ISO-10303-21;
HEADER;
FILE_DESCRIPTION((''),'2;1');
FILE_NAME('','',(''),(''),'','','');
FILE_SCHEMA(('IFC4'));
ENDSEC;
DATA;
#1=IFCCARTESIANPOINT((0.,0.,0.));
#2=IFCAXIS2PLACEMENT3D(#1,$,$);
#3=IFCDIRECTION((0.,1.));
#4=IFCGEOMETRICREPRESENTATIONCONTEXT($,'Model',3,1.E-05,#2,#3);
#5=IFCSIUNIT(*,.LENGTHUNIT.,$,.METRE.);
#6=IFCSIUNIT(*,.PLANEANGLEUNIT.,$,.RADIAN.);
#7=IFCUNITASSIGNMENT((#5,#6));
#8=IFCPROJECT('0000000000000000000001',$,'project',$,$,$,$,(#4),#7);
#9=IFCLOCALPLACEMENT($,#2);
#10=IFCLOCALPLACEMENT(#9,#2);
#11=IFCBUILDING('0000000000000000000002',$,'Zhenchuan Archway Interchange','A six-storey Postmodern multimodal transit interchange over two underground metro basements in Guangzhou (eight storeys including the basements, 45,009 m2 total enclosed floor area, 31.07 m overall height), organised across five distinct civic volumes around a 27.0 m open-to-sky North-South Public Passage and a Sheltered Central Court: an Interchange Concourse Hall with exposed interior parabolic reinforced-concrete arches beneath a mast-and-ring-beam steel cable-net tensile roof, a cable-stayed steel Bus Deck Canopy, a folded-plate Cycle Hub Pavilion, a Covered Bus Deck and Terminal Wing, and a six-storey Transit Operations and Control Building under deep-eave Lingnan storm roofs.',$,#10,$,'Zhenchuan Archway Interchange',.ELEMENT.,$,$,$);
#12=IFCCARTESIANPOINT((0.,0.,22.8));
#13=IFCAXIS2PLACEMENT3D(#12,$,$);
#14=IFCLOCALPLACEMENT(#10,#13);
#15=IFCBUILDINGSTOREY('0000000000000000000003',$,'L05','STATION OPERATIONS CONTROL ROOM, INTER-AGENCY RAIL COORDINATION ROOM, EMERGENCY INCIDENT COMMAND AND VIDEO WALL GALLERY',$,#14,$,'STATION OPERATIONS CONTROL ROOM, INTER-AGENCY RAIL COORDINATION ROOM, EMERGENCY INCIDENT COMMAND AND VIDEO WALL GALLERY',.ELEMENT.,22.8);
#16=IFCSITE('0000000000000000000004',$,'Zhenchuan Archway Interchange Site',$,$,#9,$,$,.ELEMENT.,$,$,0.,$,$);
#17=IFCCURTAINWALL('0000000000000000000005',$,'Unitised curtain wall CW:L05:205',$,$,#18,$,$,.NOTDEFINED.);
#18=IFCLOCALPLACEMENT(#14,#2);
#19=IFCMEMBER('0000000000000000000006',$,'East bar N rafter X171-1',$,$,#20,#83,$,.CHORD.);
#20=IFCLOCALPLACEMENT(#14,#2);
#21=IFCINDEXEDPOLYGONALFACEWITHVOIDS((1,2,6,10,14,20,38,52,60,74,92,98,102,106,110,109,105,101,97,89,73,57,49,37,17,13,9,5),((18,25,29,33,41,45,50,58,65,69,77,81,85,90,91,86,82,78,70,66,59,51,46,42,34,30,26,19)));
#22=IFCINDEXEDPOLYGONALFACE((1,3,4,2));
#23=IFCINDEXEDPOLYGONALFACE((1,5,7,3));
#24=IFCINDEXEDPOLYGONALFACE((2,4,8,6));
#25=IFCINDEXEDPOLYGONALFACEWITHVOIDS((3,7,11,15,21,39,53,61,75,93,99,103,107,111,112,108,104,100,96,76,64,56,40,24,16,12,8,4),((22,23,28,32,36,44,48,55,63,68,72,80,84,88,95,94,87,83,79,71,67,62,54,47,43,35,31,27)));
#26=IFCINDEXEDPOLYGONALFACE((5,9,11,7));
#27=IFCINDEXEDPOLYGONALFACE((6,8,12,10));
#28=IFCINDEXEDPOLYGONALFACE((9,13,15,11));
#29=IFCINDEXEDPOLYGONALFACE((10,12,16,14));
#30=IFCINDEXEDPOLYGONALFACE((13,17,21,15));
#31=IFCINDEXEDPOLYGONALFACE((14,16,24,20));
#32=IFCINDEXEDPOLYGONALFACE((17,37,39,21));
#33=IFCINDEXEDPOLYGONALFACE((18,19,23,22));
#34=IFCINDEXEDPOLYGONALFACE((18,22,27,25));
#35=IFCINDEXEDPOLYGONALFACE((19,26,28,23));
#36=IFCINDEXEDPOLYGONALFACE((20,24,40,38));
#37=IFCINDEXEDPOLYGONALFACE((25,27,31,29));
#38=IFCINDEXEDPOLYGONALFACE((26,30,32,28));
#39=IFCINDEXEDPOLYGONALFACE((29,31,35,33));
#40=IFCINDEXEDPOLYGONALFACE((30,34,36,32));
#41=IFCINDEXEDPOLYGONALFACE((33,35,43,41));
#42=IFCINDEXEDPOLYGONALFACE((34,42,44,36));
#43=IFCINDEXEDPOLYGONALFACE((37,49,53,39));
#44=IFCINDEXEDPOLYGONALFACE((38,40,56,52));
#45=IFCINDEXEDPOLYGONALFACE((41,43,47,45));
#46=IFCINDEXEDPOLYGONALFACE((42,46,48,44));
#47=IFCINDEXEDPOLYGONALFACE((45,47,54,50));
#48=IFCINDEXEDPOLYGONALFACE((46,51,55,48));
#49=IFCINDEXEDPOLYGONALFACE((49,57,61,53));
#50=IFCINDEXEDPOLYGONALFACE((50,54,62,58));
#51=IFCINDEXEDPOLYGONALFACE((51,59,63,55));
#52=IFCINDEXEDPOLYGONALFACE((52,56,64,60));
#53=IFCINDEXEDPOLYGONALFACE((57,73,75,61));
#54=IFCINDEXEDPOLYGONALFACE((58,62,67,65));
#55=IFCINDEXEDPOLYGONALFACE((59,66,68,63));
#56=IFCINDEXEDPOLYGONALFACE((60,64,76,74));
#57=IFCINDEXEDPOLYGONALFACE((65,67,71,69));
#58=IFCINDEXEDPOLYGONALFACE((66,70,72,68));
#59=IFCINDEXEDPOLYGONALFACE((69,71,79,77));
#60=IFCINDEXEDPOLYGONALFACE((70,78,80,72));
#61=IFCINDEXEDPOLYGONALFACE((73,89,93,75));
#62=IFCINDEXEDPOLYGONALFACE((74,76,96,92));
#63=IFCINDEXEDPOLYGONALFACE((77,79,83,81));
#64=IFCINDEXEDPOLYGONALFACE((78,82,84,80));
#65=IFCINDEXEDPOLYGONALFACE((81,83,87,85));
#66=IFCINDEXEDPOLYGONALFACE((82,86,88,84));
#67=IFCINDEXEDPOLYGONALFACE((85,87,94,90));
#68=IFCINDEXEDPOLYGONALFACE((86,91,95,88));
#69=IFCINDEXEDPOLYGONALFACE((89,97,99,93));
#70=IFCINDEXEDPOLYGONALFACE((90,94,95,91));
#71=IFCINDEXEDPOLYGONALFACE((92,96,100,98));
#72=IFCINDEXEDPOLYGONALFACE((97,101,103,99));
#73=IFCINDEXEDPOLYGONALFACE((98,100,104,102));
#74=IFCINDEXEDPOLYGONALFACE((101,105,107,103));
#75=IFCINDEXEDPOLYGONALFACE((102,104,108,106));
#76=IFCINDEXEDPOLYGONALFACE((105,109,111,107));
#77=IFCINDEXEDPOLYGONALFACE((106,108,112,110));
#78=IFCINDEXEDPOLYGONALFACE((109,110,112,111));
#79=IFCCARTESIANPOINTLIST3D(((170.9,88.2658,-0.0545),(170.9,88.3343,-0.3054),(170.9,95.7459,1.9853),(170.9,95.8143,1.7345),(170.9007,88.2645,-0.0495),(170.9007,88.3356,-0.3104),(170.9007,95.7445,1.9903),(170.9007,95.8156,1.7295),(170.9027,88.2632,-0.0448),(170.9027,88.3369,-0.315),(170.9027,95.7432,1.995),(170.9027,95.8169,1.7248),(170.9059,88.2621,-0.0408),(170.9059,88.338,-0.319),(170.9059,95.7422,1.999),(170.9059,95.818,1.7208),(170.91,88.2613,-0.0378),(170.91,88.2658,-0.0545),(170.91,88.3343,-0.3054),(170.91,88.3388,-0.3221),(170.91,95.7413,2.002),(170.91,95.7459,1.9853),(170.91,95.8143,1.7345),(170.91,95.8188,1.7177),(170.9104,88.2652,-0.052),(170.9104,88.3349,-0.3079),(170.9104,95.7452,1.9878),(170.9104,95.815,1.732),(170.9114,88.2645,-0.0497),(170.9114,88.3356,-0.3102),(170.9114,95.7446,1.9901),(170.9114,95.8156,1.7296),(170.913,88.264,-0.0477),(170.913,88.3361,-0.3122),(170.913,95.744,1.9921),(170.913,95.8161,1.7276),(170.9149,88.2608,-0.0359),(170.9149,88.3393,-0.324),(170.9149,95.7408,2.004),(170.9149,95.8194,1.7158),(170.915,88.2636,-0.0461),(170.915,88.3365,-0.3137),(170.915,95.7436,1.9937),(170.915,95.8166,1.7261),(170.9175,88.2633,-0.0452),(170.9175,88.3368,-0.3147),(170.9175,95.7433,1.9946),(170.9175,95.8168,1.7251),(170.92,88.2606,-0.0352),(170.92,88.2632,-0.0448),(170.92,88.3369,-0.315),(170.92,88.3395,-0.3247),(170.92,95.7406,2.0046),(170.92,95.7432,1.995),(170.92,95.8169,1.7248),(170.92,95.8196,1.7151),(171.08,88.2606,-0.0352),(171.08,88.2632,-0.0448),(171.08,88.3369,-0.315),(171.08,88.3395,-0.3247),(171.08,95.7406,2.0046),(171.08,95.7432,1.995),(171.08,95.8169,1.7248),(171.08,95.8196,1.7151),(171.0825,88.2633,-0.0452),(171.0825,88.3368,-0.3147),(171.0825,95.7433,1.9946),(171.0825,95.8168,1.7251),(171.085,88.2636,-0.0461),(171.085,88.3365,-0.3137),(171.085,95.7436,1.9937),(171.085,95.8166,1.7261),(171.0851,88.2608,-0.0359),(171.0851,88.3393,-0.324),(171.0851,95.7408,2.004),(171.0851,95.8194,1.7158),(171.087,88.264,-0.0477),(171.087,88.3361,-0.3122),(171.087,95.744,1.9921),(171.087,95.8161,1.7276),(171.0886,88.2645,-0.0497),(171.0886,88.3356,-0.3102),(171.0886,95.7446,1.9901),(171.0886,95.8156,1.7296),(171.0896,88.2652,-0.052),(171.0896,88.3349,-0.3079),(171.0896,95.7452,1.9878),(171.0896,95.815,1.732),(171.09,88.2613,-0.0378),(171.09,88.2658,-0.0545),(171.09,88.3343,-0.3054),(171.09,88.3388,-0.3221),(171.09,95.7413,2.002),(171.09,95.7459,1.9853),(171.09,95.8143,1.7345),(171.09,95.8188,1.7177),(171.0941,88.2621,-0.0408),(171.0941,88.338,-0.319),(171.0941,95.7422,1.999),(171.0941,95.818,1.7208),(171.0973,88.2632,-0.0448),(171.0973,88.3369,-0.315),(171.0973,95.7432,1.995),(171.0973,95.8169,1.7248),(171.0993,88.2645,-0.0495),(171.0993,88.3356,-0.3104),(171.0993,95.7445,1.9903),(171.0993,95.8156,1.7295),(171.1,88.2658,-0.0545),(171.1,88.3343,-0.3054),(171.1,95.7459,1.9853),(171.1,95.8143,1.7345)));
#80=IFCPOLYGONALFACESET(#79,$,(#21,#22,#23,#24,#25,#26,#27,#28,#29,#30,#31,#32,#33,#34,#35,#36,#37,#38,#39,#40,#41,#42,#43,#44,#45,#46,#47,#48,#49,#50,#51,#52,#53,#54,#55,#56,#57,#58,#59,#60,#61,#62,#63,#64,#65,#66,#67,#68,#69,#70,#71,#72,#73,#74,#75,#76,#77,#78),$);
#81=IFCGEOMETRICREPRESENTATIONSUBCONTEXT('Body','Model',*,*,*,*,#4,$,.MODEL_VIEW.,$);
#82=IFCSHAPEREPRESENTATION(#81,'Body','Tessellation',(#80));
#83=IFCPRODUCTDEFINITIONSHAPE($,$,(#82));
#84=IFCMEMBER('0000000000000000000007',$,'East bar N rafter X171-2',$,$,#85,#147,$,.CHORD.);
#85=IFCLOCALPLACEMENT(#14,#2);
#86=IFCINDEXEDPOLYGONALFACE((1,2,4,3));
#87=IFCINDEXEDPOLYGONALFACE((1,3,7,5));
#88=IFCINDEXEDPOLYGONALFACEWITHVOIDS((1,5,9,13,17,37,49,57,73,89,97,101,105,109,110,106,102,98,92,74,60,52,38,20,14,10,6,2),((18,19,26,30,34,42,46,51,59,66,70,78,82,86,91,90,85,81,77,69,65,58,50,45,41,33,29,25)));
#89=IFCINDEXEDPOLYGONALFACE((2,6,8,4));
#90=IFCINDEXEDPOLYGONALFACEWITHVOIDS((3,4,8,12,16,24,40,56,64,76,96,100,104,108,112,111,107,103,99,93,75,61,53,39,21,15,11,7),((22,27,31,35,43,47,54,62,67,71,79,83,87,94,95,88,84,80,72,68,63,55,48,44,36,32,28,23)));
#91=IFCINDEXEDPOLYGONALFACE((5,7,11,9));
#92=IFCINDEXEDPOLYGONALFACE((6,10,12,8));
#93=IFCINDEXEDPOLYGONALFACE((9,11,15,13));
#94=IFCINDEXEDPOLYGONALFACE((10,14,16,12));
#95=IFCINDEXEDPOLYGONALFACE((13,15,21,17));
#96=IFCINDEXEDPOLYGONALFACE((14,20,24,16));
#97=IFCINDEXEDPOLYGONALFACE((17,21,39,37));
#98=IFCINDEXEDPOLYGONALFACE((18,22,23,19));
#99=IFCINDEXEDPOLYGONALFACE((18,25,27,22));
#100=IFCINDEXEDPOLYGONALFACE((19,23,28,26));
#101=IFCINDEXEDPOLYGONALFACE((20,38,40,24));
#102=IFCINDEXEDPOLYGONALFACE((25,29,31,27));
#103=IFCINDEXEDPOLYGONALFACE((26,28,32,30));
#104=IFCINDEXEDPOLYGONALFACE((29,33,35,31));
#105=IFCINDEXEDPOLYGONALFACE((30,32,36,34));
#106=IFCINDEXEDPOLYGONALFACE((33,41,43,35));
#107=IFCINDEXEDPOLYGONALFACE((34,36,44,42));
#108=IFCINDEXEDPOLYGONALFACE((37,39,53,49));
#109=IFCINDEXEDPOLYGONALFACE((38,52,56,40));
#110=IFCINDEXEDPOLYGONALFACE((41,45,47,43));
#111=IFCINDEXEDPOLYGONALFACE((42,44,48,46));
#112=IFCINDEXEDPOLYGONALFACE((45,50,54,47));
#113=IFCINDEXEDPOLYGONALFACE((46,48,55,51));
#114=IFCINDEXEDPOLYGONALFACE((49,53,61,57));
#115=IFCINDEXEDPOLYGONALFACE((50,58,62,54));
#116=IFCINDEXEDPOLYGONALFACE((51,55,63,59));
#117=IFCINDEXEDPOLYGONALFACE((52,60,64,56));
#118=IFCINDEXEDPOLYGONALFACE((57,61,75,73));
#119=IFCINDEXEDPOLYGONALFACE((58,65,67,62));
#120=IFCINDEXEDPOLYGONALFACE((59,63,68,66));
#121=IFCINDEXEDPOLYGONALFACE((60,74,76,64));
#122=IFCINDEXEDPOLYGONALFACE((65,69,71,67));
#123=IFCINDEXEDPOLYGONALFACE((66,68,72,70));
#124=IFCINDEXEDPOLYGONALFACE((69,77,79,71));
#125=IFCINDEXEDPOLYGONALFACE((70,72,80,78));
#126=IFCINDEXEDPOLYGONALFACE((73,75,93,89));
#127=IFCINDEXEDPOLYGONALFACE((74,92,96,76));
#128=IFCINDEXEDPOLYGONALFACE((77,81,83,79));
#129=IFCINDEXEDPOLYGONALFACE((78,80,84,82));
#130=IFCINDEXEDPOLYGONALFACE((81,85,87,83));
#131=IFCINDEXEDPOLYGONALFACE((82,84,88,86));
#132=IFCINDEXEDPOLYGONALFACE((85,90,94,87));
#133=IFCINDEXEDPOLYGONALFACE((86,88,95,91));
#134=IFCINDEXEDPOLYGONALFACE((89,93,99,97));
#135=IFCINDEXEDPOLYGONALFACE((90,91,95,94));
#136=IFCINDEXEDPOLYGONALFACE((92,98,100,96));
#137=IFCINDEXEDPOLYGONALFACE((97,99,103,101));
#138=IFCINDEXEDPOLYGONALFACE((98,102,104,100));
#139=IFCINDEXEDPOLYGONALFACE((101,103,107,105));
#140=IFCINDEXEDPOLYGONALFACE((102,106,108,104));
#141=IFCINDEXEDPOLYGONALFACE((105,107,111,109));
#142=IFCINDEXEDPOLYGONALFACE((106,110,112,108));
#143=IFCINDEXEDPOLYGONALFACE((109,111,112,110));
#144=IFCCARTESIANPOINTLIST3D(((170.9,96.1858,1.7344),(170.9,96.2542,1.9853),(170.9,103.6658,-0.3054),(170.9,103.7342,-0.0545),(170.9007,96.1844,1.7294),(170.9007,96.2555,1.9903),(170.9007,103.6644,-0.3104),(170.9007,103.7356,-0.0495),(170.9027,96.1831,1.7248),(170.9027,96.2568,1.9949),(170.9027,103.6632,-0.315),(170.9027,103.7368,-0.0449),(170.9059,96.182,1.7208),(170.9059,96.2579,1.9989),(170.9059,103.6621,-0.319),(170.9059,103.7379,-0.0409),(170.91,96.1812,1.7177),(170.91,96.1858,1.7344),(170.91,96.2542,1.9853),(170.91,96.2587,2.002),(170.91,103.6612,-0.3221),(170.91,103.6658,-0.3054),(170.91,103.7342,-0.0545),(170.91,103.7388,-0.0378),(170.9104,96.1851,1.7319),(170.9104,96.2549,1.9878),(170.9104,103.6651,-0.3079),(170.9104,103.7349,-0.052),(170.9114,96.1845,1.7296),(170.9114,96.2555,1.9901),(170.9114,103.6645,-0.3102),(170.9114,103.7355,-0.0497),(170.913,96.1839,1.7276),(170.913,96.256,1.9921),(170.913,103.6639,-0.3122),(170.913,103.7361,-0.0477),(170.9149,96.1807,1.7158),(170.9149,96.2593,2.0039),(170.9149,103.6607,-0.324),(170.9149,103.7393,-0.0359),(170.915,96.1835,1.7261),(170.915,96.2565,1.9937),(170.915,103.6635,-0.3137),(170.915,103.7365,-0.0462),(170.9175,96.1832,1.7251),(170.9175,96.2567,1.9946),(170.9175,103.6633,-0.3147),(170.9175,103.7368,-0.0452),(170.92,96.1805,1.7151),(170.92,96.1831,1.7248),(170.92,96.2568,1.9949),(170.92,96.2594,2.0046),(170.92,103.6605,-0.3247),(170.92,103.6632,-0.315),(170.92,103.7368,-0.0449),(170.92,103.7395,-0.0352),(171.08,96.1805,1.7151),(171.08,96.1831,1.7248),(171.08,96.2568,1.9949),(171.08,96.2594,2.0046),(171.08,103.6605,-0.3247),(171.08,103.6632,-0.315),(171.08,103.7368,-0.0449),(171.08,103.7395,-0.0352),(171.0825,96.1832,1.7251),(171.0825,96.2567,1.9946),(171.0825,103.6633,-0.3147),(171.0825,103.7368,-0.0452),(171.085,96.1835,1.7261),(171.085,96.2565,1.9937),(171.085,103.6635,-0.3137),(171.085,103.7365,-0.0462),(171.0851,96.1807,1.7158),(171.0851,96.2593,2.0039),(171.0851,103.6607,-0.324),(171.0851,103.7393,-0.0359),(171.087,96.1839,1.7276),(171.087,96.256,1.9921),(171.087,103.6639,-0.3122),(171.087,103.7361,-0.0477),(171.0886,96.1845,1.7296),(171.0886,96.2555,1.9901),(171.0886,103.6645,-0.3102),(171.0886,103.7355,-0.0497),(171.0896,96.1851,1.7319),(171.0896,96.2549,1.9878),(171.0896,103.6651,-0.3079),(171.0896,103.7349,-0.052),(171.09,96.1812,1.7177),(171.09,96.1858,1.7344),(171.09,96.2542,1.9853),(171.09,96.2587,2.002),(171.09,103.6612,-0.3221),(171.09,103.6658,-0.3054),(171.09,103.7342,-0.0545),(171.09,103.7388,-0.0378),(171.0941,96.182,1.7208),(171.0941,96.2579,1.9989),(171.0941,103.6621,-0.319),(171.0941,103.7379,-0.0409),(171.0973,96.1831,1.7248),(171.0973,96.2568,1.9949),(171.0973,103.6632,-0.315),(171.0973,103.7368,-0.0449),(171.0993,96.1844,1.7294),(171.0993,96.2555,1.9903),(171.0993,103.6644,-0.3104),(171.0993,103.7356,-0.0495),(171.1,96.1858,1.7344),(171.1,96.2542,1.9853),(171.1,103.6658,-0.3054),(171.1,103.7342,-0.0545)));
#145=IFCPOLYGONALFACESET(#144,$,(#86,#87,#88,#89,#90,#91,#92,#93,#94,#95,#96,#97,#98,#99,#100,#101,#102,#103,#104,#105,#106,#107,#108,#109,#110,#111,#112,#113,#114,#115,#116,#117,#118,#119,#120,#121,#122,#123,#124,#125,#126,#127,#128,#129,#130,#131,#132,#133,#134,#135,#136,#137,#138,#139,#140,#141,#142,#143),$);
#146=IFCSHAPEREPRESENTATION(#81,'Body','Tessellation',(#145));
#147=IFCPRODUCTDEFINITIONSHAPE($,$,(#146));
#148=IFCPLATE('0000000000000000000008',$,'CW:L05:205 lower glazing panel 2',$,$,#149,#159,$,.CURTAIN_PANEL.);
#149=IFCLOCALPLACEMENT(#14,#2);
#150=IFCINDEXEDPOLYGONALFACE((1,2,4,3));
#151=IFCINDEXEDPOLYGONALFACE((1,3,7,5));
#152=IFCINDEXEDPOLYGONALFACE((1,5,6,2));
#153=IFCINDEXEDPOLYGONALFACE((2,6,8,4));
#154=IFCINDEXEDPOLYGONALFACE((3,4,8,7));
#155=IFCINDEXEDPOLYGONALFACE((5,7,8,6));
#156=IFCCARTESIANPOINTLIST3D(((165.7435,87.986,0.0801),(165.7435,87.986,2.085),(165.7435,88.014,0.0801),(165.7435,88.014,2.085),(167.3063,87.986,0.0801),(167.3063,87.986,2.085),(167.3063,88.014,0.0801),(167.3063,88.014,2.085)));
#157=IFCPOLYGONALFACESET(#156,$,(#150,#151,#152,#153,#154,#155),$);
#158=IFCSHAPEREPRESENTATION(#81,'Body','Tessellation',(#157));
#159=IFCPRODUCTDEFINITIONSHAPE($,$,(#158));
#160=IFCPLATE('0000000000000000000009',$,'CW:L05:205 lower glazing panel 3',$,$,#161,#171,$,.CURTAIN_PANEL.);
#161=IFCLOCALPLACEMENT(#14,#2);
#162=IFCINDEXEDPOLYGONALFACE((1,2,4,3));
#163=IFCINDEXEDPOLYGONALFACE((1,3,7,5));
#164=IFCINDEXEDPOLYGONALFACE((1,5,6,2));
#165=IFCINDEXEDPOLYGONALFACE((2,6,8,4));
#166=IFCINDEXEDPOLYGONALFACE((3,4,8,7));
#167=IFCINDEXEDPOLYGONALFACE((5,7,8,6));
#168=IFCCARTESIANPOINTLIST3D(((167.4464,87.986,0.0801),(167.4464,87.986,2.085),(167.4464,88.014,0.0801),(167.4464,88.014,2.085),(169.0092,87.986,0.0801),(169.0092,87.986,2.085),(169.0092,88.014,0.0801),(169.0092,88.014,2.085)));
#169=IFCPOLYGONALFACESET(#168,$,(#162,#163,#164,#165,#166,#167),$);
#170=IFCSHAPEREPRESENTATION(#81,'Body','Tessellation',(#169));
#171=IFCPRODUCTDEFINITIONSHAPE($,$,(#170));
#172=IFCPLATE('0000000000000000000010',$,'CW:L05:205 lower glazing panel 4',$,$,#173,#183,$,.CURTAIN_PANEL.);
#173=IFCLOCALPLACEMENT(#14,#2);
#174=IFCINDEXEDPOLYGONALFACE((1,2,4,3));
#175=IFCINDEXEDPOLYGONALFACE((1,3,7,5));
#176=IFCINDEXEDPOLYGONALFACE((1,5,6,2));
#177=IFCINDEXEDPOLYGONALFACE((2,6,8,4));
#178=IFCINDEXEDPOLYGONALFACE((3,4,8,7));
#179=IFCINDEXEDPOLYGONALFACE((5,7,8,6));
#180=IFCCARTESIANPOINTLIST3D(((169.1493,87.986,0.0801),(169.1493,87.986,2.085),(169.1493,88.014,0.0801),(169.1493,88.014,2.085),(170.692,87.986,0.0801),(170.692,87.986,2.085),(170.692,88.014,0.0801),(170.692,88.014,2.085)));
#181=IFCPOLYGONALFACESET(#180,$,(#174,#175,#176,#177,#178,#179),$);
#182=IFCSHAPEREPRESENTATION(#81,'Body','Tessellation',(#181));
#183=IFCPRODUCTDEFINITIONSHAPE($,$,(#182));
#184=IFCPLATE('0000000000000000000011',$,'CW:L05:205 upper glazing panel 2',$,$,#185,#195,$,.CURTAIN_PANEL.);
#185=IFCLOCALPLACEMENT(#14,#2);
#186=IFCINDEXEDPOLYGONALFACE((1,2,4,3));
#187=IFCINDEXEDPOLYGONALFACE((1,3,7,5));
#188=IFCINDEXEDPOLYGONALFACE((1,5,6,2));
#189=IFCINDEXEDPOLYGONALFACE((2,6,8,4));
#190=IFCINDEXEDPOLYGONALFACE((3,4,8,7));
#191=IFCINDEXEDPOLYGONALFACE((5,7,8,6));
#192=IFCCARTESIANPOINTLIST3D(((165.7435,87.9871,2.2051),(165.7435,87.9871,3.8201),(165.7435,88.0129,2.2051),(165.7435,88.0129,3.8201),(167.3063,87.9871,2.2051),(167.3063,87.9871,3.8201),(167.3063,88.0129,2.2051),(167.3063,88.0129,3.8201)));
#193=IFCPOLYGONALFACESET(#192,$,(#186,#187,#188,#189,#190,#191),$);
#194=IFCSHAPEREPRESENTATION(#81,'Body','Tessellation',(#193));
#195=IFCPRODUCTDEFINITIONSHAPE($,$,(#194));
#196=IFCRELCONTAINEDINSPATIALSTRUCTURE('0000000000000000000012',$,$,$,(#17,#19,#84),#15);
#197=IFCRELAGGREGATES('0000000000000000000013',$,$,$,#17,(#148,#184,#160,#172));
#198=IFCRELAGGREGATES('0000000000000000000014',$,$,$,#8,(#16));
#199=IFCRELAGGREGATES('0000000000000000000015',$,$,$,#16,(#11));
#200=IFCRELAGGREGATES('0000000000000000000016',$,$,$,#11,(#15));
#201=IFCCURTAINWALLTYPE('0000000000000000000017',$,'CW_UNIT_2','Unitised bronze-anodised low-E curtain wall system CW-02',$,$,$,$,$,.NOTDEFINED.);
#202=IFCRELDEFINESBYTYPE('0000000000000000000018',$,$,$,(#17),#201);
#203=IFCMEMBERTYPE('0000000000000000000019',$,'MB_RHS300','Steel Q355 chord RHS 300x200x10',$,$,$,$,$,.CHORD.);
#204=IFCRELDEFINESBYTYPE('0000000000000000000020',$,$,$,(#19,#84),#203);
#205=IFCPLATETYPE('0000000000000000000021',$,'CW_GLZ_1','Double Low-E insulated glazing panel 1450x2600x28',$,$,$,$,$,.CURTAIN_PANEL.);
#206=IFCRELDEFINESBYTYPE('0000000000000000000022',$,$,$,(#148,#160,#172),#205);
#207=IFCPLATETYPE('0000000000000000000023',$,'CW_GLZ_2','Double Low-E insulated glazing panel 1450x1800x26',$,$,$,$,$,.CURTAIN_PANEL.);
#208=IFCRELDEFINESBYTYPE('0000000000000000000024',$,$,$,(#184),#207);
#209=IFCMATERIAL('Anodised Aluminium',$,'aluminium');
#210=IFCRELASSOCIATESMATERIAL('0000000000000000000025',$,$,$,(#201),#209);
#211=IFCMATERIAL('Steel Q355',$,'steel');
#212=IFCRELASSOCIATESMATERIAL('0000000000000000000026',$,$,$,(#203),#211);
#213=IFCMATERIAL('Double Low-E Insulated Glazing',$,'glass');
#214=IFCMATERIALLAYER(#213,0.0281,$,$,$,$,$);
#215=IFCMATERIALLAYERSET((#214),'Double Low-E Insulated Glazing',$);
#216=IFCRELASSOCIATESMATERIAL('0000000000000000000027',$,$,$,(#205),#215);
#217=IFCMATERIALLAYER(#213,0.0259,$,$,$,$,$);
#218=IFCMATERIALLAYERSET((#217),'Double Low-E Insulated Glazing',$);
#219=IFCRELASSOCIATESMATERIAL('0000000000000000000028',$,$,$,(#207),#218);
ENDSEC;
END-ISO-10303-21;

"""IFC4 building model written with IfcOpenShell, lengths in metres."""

from ifc_helpers import new_model, si_unit, direction, frame, origin, origin_2d, place, context, subcontext, project, spatial, rectangle, hollow_rectangle, extrude, material, layer, layer_set, material_profile, profile_set, type_object, element, aggregate, save


model = new_model("IFC4")

# Units and contexts
model_context = context("Model", 3, precision=1e-05, world=origin(), true_north=direction((0.0, 1.0)))
body_context = subcontext(model_context, "Body", "Model", "MODEL_VIEW")
ifc_project = project(units=[si_unit("LENGTHUNIT", "METRE"), si_unit("PLANEANGLEUNIT", "RADIAN")], contexts=[model_context])

# Site, building, storey
site_placement = place(None, origin())
site = spatial("IfcSite", under=ifc_project, at=site_placement, Name="Zhenchuan Archway Interchange Site", CompositionType="ELEMENT", RefElevation=0.0)
building_placement = place(site_placement, origin())
building = spatial("IfcBuilding", under=site, at=building_placement, Name="Zhenchuan Archway Interchange", Description="A six-storey Postmodern multimodal transit interchange over two underground metro basements in Guangzhou (eight storeys including the basements, 45,009 m2 total enclosed floor area, 31.07 m overall height), organised across five distinct civic volumes around a 27.0 m open-to-sky North-South Public Passage and a Sheltered Central Court: an Interchange Concourse Hall with exposed interior parabolic reinforced-concrete arches beneath a mast-and-ring-beam steel cable-net tensile roof, a cable-stayed steel Bus Deck Canopy, a folded-plate Cycle Hub Pavilion, a Covered Bus Deck and Terminal Wing, and a six-storey Transit Operations and Control Building under deep-eave Lingnan storm roofs.", LongName="Zhenchuan Archway Interchange", CompositionType="ELEMENT")
storey_placement = place(building_placement, frame((0.0, 0.0, 22.8)))
storey = spatial("IfcBuildingStorey", under=building, at=storey_placement, Name="L05", Description="STATION OPERATIONS CONTROL ROOM, INTER-AGENCY RAIL COORDINATION ROOM, EMERGENCY INCIDENT COMMAND AND VIDEO WALL GALLERY", LongName="STATION OPERATIONS CONTROL ROOM, INTER-AGENCY RAIL COORDINATION ROOM, EMERGENCY INCIDENT COMMAND AND VIDEO WALL GALLERY", CompositionType="ELEMENT", Elevation=22.8)

# Shared definitions
ifc_material_1 = material(Name="Steel Q355", Category="steel")

# Curtain wall
ifc_material_2 = material(Name="Anodised Aluminium", Category="aluminium")
curtain_wall_type = type_object("IfcCurtainWallType", Name="CW_UNIT_2", Description="Unitised bronze-anodised low-E curtain wall system CW-02", PredefinedType="NOTDEFINED", material=ifc_material_2)
curtain_wall_placement = place(storey_placement, origin())
curtain_wall = element("IfcCurtainWall", 1, at=curtain_wall_placement, inside=storey, type_object=curtain_wall_type, Name="Unitised curtain wall CW:L05:205", PredefinedType="NOTDEFINED")

# Members
ifc_material_profile_1 = material_profile(ifc_material_1, hollow_rectangle(XDim=0.2, YDim=0.3, WallThickness=0.01, InnerFilletRadius=0.01, OuterFilletRadius=0.02, at=origin_2d()), Name="RHS 300x200x10")
ifc_profile_set_1 = profile_set([ifc_material_profile_1], Name="Steel Q355")
member_type_1 = type_object("IfcMemberType", Name="MB_RHS300", Description="Steel Q355 chord RHS 300x200x10", PredefinedType="CHORD", material=ifc_profile_set_1)
for number, where, z_axis, x_axis, name in (
    (2, (171.0, 88.3, -0.1799), (0.0, 0.96477, 0.263093), (-1.0, 0.0, 0.0), "East bar N rafter X171-1"),
    (3, (171.0, 96.22, 1.8599), (0.0, 0.96477, -0.263093), (-1.0, 0.0, 0.0), "East bar N rafter X171-2"),
):
    element("IfcMember", number, at=place(storey_placement, frame(where, z_axis=z_axis, x_axis=x_axis)), inside=storey, type_object=member_type_1, Name=name, PredefinedType="CHORD", context=body_context, shape_type="SweptSolid", body=[
        extrude(hollow_rectangle(XDim=0.2, YDim=0.3, WallThickness=0.01, InnerFilletRadius=0.01, OuterFilletRadius=0.02, at=origin_2d()), origin(), (0.0, 0.0, 1.0), 7.7532),
    ])

# Plates
ifc_material_3 = material(Name="Double Low-E Insulated Glazing", Category="glass")
ifc_layer_1 = layer(ifc_material_3, 0.0281)
ifc_layer_set_1 = layer_set([ifc_layer_1], Name="Double Low-E Insulated Glazing")
plate_type_1 = type_object("IfcPlateType", Name="CW_GLZ_1", Description="Double Low-E insulated glazing panel 1450x2600x28", PredefinedType="CURTAIN_PANEL", material=ifc_layer_set_1)
plate_1_placement = place(storey_placement, frame((166.5249, 88.0, 0.0801), z_axis=(0.0, 0.0, 1.0), x_axis=(1.0, 0.0, 0.0)))
plate_1 = element("IfcPlate", 4, at=plate_1_placement, type_object=plate_type_1, Name="CW:L05:205 lower glazing panel 2", PredefinedType="CURTAIN_PANEL", context=body_context, shape_type="SweptSolid", body=[
    extrude(rectangle(XDim=1.5627, YDim=0.0281, at=origin_2d()), origin(), (0.0, 0.0, 1.0), 2.0049),
])
plate_2_placement = place(storey_placement, frame((168.2278, 88.0, 0.0801), z_axis=(0.0, 0.0, 1.0), x_axis=(1.0, 0.0, 0.0)))
plate_2 = element("IfcPlate", 5, at=plate_2_placement, type_object=plate_type_1, Name="CW:L05:205 lower glazing panel 3", PredefinedType="CURTAIN_PANEL", context=body_context, shape_type="SweptSolid", body=[
    extrude(rectangle(XDim=1.5627, YDim=0.0281, at=origin_2d()), origin(), (0.0, 0.0, 1.0), 2.0049),
])
plate_3_placement = place(storey_placement, frame((169.9207, 88.0, 0.0801), z_axis=(0.0, 0.0, 1.0), x_axis=(1.0, 0.0, 0.0)))
plate_3 = element("IfcPlate", 6, at=plate_3_placement, type_object=plate_type_1, Name="CW:L05:205 lower glazing panel 4", PredefinedType="CURTAIN_PANEL", context=body_context, shape_type="SweptSolid", body=[
    extrude(rectangle(XDim=1.5427, YDim=0.0281, at=origin_2d()), origin(), (0.0, 0.0, 1.0), 2.0049),
])
ifc_layer_2 = layer(ifc_material_3, 0.0259)
ifc_layer_set_2 = layer_set([ifc_layer_2], Name="Double Low-E Insulated Glazing")
plate_type_2 = type_object("IfcPlateType", Name="CW_GLZ_2", Description="Double Low-E insulated glazing panel 1450x1800x26", PredefinedType="CURTAIN_PANEL", material=ifc_layer_set_2)
plate_4_placement = place(storey_placement, frame((166.5249, 88.0, 2.2051), z_axis=(0.0, 0.0, 1.0), x_axis=(1.0, 0.0, 0.0)))
plate_4 = element("IfcPlate", 7, at=plate_4_placement, type_object=plate_type_2, Name="CW:L05:205 upper glazing panel 2", PredefinedType="CURTAIN_PANEL", context=body_context, shape_type="SweptSolid", body=[
    extrude(rectangle(XDim=1.5627, YDim=0.0259, at=origin_2d()), origin(), (0.0, 0.0, 1.0), 1.615),
])
aggregate(curtain_wall, [plate_1, plate_4, plate_2, plate_3])

save(model, "model.ifc")
